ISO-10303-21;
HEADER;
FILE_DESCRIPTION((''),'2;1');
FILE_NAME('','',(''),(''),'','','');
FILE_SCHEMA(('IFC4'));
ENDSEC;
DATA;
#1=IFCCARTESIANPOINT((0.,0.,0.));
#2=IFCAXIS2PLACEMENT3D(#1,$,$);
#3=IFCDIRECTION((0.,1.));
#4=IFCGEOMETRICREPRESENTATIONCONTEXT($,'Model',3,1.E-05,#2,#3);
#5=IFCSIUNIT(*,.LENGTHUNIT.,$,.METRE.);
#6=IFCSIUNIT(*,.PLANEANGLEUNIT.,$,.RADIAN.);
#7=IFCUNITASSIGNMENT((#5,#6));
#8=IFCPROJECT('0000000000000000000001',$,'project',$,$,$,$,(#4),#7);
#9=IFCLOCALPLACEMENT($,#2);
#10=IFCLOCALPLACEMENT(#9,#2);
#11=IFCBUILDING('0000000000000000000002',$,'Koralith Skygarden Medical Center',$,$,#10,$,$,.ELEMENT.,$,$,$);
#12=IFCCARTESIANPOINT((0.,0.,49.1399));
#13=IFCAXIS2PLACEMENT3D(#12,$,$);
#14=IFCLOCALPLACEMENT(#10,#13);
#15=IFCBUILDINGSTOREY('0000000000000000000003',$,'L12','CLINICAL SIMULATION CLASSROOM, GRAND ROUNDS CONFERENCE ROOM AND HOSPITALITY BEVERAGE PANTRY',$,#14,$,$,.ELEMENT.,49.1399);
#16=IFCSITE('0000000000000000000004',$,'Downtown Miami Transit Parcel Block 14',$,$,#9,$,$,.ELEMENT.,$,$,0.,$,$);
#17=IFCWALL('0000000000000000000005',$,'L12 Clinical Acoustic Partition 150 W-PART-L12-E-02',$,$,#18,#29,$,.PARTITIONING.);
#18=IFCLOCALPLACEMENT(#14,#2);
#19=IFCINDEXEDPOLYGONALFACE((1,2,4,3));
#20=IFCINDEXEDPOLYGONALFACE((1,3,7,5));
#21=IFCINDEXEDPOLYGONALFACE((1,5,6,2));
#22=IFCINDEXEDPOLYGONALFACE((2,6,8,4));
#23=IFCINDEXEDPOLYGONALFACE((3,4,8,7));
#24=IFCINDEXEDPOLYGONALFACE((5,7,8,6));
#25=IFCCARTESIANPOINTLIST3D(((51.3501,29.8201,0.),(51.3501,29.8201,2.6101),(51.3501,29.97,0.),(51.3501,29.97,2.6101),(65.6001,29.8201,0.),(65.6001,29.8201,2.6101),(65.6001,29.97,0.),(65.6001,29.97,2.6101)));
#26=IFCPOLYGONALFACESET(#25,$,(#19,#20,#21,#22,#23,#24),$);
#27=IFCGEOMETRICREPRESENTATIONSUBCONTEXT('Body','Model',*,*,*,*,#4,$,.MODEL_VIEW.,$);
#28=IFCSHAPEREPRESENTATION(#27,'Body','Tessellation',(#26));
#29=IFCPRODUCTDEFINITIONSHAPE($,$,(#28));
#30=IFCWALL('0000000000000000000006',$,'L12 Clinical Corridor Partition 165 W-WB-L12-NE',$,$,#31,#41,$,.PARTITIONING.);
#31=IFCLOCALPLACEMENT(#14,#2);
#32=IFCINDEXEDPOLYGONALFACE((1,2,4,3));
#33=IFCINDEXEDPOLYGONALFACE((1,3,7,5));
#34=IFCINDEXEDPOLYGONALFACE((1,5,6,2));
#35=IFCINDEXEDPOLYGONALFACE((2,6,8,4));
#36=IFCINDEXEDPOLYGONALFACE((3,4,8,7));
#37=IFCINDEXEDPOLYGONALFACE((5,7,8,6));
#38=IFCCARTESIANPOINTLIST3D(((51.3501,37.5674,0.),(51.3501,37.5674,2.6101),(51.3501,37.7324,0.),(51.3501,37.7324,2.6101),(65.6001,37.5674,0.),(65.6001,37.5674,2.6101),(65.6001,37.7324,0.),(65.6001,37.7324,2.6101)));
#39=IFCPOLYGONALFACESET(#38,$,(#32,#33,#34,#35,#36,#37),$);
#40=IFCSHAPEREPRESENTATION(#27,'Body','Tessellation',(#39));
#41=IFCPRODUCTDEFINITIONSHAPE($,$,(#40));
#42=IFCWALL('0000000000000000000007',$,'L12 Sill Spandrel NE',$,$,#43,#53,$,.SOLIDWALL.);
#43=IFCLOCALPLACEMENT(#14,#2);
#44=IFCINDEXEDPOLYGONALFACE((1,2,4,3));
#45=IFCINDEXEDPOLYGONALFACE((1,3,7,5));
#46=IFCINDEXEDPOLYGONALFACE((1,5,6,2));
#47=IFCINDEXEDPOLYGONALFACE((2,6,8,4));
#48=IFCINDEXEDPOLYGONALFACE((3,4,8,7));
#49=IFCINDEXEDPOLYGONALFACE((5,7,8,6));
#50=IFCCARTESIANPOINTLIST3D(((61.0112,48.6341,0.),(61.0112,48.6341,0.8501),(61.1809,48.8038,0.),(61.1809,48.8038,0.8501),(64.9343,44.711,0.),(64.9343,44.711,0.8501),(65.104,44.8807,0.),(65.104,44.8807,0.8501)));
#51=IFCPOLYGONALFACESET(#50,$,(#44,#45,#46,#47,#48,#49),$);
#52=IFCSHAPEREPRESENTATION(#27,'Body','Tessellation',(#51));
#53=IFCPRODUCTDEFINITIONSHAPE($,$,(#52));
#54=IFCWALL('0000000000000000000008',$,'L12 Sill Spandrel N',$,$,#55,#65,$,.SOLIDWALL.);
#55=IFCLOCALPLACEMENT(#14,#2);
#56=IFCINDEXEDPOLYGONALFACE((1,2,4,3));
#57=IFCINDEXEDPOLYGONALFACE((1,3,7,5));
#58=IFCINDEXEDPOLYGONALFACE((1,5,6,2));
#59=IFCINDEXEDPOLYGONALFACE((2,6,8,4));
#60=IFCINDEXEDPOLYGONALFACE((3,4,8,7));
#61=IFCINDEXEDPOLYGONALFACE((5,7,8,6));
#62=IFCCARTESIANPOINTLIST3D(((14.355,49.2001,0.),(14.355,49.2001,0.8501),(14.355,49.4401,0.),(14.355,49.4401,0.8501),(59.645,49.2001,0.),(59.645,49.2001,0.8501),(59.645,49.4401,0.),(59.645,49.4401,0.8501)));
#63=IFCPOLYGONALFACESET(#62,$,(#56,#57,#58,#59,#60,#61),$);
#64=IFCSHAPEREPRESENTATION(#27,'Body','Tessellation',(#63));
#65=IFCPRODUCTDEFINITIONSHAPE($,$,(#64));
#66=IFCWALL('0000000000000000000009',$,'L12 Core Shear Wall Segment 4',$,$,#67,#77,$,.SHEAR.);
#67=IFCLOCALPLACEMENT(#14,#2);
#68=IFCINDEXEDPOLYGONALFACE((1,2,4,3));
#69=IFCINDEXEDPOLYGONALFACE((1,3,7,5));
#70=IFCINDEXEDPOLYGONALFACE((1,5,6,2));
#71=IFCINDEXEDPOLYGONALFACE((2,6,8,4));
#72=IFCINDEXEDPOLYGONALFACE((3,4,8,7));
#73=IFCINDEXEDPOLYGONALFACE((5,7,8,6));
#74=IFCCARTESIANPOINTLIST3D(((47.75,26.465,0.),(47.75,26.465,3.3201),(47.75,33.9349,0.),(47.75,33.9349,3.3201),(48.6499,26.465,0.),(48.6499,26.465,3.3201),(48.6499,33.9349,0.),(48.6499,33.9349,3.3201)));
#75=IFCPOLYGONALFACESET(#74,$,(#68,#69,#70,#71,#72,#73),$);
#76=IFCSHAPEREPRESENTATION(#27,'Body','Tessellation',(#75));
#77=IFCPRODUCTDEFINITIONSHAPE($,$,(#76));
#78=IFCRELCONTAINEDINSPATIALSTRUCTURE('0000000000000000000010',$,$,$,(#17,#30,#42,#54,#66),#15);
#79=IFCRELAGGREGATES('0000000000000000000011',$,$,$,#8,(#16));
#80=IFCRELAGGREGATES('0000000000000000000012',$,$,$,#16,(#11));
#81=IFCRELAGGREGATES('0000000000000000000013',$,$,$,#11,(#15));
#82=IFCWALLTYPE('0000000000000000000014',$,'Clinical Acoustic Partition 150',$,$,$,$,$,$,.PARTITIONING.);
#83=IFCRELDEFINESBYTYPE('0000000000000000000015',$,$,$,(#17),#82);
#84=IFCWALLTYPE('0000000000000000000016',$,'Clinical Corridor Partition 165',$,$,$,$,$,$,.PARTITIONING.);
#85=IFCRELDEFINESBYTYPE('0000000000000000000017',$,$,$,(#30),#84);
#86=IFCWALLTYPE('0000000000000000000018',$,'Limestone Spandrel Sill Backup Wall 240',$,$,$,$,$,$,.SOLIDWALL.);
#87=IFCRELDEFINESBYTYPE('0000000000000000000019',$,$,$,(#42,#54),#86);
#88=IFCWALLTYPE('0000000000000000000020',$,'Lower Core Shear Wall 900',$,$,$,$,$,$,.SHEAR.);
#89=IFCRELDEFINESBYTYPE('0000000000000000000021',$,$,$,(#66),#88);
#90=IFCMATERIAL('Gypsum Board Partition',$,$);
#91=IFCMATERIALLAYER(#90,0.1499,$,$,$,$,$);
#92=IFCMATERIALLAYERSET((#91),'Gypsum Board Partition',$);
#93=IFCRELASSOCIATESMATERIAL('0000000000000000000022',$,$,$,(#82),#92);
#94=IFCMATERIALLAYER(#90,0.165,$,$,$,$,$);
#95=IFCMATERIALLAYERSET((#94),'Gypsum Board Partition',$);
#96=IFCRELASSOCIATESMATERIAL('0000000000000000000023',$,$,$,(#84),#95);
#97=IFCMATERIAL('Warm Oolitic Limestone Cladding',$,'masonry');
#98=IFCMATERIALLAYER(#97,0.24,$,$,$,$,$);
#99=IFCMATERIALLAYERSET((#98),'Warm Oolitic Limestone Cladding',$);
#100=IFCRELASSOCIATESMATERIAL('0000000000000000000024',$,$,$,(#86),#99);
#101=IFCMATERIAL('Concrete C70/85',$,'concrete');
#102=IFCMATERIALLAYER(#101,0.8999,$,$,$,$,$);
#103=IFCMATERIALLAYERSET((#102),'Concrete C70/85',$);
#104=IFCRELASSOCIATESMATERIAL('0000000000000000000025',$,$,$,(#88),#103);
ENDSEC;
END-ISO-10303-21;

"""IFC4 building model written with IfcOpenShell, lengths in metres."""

from ifc_helpers import new_model, si_unit, direction, frame, frame_2d, origin, place, context, subcontext, project, spatial, rectangle, extrude, material, layer, layer_set, type_object, element, save


model = new_model("IFC4")

# Units and contexts
model_context = context("Model", 3, precision=1e-05, world=origin(), true_north=direction((0.0, 1.0)))
body_context = subcontext(model_context, "Body", "Model", "MODEL_VIEW")
ifc_project = project(units=[si_unit("LENGTHUNIT", "METRE"), si_unit("PLANEANGLEUNIT", "RADIAN")], contexts=[model_context])

# Site, building, storey
site_placement = place(None, origin())
site = spatial("IfcSite", under=ifc_project, at=site_placement, Name="Downtown Miami Transit Parcel Block 14", CompositionType="ELEMENT", RefElevation=0.0)
building_placement = place(site_placement, origin())
building = spatial("IfcBuilding", under=site, at=building_placement, Name="Koralith Skygarden Medical Center", CompositionType="ELEMENT")
storey_placement = place(building_placement, frame((0.0, 0.0, 49.1399)))
storey = spatial("IfcBuildingStorey", under=building, at=storey_placement, Name="L12", Description="CLINICAL SIMULATION CLASSROOM, GRAND ROUNDS CONFERENCE ROOM AND HOSPITALITY BEVERAGE PANTRY", CompositionType="ELEMENT", Elevation=49.1399)

# Shared definitions
ifc_material_1 = material(Name="Concrete C70/85", Category="concrete")

# Shared definitions
ifc_material_2 = material(Name="Warm Oolitic Limestone Cladding", Category="masonry")

# Walls
ifc_material_3 = material(Name="Gypsum Board Partition")
ifc_layer_1 = layer(ifc_material_3, 0.1499)
ifc_layer_set_1 = layer_set([ifc_layer_1], Name="Gypsum Board Partition")
wall_type_1 = type_object("IfcWallType", Name="Clinical Acoustic Partition 150", PredefinedType="PARTITIONING", material=ifc_layer_set_1)
wall_1_placement = place(storey_placement, frame((51.3501, 29.895, 0.0), z_axis=(0.0, 0.0, 1.0), x_axis=(1.0, 0.0, 0.0)))
element("IfcWall", 1, at=wall_1_placement, inside=storey, type_object=wall_type_1, Name="L12 Clinical Acoustic Partition 150 W-PART-L12-E-02", PredefinedType="PARTITIONING", context=body_context, shape_type="SweptSolid", body=[
    extrude(rectangle(XDim=14.25, YDim=0.1499, at=frame_2d((7.125, 0.0))), origin(), (0.0, 0.0, 1.0), 2.6101),
])
ifc_layer_2 = layer(ifc_material_3, 0.165)
ifc_layer_set_2 = layer_set([ifc_layer_2], Name="Gypsum Board Partition")
wall_type_2 = type_object("IfcWallType", Name="Clinical Corridor Partition 165", PredefinedType="PARTITIONING", material=ifc_layer_set_2)
wall_2_placement = place(storey_placement, frame((51.3501, 37.6499, 0.0), z_axis=(0.0, 0.0, 1.0), x_axis=(1.0, 0.0, 0.0)))
element("IfcWall", 2, at=wall_2_placement, inside=storey, type_object=wall_type_2, Name="L12 Clinical Corridor Partition 165 W-WB-L12-NE", PredefinedType="PARTITIONING", context=body_context, shape_type="SweptSolid", body=[
    extrude(rectangle(XDim=14.25, YDim=0.165, at=frame_2d((7.125, 0.0))), origin(), (0.0, 0.0, 1.0), 2.6101),
])

# Walls
ifc_layer_3 = layer(ifc_material_2, 0.24)
ifc_layer_set_3 = layer_set([ifc_layer_3], Name="Warm Oolitic Limestone Cladding")
wall_type_3 = type_object("IfcWallType", Name="Limestone Spandrel Sill Backup Wall 240", PredefinedType="SOLIDWALL", material=ifc_layer_set_3)
wall_3_placement = place(storey_placement, frame((65.019, 44.7959, 0.0), z_axis=(0.0, 0.0, 1.0), x_axis=(-0.707107, 0.707107, 0.0)))
element("IfcWall", 3, at=wall_3_placement, inside=storey, type_object=wall_type_3, Name="L12 Sill Spandrel NE", PredefinedType="SOLIDWALL", context=body_context, shape_type="SweptSolid", body=[
    extrude(rectangle(XDim=5.5481, YDim=0.24, at=frame_2d((2.7739, 0.0))), origin(), (0.0, 0.0, 1.0), 0.8501),
])
wall_4_placement = place(storey_placement, frame((59.645, 49.3201, 0.0), z_axis=(0.0, 0.0, 1.0), x_axis=(-1.0, 0.0, 0.0)))
element("IfcWall", 4, at=wall_4_placement, inside=storey, type_object=wall_type_3, Name="L12 Sill Spandrel N", PredefinedType="SOLIDWALL", context=body_context, shape_type="SweptSolid", body=[
    extrude(rectangle(XDim=45.29, YDim=0.24, at=frame_2d((22.645, 0.0))), origin(), (0.0, 0.0, 1.0), 0.8501),
])
ifc_layer_4 = layer(ifc_material_1, 0.8999)
ifc_layer_set_4 = layer_set([ifc_layer_4], Name="Concrete C70/85")
wall_type_4 = type_object("IfcWallType", Name="Lower Core Shear Wall 900", PredefinedType="SHEAR", material=ifc_layer_set_4)
wall_5_placement = place(storey_placement, frame((48.2, 26.4651, 0.0), z_axis=(0.0, 0.0, 1.0), x_axis=(0.0, 1.0, 0.0)))
element("IfcWall", 5, at=wall_5_placement, inside=storey, type_object=wall_type_4, Name="L12 Core Shear Wall Segment 4", PredefinedType="SHEAR", context=body_context, shape_type="SweptSolid", body=[
    extrude(rectangle(XDim=7.47, YDim=0.8999, at=frame_2d((3.7349, 0.0))), origin(), (0.0, 0.0, 1.0), 3.3201),
])

save(model, "model.ifc")
